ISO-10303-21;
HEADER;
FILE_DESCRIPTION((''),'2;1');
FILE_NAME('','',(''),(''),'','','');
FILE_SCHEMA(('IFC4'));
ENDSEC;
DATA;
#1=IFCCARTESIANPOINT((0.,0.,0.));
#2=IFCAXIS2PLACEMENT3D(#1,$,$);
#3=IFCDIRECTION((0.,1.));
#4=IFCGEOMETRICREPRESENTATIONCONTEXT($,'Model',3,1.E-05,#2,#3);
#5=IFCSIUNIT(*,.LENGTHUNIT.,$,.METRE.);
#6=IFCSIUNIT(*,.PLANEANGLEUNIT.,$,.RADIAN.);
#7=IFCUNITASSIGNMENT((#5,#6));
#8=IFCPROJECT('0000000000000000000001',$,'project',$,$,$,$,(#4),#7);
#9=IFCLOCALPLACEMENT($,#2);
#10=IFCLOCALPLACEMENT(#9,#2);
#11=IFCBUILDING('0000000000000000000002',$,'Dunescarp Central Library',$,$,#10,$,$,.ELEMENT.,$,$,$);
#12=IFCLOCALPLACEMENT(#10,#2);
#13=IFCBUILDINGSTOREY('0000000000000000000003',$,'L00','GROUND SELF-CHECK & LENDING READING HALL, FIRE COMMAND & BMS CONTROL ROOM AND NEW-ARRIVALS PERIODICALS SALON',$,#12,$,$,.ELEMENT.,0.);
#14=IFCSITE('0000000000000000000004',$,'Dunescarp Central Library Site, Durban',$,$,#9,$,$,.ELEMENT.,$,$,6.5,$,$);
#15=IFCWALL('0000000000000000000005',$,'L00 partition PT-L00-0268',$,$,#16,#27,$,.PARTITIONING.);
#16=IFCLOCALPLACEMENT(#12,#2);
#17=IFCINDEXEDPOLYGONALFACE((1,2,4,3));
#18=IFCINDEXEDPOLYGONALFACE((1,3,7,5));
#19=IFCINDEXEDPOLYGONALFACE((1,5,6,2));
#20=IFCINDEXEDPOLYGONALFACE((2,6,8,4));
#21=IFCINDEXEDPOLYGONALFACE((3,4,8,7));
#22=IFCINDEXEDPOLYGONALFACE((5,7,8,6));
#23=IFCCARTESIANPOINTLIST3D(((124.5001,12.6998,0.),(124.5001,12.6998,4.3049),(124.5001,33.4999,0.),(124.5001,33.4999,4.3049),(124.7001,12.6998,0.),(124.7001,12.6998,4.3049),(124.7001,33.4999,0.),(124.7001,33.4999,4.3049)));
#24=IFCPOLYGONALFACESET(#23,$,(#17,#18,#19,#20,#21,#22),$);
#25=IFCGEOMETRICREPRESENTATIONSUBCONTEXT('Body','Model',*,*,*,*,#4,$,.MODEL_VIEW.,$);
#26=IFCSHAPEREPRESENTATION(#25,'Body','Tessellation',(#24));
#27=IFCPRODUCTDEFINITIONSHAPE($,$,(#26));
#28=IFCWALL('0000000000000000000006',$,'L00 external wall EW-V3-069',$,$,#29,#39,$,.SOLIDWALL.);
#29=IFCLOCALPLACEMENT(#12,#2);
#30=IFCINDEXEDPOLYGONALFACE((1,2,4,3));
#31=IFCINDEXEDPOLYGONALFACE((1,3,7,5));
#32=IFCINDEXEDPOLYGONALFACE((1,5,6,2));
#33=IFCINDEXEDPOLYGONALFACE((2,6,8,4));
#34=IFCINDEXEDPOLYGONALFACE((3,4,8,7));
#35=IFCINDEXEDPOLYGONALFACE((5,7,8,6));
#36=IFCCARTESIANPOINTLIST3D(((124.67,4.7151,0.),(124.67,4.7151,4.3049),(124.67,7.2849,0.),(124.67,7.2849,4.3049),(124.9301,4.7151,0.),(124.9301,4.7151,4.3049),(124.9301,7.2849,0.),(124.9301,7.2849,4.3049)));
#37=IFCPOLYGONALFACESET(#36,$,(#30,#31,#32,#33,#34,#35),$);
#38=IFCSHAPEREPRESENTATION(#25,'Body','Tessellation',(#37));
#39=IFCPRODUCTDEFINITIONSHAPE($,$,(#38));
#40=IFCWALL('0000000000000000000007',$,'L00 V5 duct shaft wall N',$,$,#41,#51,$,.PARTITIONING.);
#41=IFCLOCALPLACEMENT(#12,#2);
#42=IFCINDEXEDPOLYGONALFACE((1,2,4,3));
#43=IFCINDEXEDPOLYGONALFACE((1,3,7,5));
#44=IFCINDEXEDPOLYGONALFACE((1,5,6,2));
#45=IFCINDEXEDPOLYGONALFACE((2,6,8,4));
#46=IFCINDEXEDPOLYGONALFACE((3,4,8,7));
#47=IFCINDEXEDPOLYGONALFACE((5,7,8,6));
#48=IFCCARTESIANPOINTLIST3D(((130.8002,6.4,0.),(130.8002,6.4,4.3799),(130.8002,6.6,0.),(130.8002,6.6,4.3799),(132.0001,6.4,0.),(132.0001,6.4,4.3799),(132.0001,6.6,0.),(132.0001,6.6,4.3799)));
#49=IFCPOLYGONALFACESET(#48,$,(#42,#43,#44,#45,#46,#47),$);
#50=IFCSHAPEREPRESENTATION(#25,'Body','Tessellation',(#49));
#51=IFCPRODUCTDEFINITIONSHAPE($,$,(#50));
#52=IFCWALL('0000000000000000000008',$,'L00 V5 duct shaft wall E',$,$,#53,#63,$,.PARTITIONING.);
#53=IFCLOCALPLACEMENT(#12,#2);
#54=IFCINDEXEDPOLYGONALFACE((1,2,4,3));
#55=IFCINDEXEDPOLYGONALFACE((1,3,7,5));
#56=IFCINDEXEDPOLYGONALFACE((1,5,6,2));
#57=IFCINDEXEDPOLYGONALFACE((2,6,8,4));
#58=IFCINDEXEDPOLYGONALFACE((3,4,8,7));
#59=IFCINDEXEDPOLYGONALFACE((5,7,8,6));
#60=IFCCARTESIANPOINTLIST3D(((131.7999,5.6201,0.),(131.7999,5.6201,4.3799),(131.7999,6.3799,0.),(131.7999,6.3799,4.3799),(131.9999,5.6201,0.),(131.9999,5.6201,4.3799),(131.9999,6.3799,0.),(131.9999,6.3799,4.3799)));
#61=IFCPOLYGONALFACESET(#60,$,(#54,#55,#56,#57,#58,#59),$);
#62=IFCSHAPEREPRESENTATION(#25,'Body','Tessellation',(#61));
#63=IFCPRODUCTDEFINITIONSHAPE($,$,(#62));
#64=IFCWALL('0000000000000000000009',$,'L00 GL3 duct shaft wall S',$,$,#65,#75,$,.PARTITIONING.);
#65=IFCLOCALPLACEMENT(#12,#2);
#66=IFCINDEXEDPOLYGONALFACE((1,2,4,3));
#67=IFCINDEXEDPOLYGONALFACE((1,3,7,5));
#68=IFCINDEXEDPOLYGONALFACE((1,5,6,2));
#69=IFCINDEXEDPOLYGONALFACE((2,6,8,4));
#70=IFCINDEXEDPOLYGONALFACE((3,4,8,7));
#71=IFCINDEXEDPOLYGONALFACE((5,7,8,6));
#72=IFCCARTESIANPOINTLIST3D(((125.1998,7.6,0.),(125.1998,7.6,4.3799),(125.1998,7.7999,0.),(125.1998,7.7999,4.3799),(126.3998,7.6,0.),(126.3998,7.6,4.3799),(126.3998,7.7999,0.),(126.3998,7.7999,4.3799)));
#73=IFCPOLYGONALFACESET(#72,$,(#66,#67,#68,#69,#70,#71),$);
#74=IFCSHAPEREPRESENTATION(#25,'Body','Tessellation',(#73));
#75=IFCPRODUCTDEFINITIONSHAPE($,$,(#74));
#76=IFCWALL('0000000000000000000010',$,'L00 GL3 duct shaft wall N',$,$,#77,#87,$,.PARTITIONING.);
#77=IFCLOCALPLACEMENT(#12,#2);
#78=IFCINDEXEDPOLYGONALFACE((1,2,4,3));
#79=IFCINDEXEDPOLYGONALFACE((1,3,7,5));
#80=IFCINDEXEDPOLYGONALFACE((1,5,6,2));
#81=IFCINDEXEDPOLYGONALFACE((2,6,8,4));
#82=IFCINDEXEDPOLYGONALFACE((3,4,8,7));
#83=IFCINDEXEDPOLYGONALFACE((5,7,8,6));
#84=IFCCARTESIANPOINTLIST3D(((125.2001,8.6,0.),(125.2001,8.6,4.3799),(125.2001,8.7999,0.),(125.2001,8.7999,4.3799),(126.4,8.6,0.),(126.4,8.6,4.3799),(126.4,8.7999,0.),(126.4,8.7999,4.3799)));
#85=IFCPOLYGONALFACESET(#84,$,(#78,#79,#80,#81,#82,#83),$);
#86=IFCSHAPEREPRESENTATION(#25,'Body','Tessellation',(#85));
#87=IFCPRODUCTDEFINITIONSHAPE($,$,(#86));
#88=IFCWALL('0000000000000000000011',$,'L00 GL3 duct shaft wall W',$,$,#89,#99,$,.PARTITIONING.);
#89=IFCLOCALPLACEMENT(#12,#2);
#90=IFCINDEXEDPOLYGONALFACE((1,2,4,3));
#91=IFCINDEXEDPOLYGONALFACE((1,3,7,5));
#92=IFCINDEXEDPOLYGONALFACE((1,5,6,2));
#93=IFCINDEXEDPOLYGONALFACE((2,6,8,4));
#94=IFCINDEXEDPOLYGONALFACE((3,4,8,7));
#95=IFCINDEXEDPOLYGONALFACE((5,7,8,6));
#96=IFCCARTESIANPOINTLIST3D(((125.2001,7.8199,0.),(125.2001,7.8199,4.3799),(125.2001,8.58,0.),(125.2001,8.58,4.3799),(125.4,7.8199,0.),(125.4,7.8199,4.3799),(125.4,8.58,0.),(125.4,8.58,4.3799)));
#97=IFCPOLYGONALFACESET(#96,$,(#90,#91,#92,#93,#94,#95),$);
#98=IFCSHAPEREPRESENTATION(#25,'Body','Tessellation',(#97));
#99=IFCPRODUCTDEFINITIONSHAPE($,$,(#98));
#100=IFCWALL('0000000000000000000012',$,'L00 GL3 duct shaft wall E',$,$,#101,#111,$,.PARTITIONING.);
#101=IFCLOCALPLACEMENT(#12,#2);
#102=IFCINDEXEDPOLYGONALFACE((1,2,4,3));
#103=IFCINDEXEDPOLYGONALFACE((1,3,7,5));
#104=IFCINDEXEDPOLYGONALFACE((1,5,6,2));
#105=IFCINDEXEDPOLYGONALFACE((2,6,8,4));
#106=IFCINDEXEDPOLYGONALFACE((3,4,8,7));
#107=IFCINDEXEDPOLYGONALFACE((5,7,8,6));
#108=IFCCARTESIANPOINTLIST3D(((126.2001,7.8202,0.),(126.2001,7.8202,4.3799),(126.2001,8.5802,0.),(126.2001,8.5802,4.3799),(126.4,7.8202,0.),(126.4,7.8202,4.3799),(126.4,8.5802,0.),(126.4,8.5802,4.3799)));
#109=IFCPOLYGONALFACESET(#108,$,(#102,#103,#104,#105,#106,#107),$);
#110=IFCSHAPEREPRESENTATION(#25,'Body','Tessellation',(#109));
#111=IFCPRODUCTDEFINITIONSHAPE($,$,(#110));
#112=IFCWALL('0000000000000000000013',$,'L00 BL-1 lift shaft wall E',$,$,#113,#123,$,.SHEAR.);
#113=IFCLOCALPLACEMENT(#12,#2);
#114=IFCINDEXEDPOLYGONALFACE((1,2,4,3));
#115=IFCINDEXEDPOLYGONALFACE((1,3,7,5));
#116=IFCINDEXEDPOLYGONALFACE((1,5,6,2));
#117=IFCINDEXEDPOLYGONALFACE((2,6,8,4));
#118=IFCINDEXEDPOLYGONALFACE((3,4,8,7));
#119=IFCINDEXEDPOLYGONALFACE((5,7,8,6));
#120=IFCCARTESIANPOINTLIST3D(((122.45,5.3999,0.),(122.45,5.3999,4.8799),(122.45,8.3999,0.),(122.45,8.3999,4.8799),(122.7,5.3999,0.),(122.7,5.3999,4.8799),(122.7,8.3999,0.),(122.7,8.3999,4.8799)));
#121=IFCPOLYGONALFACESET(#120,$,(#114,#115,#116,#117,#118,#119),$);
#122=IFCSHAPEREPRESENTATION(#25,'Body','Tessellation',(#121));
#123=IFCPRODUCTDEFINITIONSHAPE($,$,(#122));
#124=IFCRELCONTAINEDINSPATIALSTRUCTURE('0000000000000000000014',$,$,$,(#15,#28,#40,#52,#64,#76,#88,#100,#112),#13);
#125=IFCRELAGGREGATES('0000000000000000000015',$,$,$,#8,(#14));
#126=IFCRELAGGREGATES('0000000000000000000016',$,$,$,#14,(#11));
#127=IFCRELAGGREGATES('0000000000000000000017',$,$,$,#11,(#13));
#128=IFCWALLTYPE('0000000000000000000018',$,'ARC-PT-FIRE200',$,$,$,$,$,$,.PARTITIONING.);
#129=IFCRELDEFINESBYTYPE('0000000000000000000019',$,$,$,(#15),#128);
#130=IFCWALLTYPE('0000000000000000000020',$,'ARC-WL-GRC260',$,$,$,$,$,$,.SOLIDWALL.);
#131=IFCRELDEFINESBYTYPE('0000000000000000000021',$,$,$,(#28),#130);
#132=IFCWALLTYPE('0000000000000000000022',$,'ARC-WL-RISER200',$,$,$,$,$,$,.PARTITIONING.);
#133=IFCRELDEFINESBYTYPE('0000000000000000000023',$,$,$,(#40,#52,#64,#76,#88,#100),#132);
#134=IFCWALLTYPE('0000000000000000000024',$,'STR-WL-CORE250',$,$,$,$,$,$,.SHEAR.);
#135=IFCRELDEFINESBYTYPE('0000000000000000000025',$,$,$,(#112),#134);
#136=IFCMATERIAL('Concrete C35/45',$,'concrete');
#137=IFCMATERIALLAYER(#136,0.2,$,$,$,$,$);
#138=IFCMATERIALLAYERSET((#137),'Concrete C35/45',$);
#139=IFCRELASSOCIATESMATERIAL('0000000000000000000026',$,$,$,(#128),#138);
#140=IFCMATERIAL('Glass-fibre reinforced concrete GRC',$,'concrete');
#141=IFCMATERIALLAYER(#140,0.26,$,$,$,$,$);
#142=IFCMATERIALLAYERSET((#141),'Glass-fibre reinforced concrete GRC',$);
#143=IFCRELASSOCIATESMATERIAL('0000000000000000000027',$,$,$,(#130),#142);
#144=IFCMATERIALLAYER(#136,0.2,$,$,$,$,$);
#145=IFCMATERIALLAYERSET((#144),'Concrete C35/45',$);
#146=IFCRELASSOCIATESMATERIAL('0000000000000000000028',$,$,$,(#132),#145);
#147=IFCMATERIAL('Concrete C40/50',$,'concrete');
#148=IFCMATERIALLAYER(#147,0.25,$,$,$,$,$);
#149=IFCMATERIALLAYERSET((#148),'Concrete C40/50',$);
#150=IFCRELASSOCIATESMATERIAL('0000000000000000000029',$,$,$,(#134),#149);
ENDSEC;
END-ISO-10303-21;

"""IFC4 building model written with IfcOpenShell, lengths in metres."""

from ifc_helpers import new_model, si_unit, direction, frame, frame_2d, origin, place, context, subcontext, project, spatial, rectangle, extrude, material, layer, layer_set, type_object, element, save


model = new_model("IFC4")

# Units and contexts
model_context = context("Model", 3, precision=1e-05, world=origin(), true_north=direction((0.0, 1.0)))
body_context = subcontext(model_context, "Body", "Model", "MODEL_VIEW")
ifc_project = project(units=[si_unit("LENGTHUNIT", "METRE"), si_unit("PLANEANGLEUNIT", "RADIAN")], contexts=[model_context])

# Site, building, storey
site_placement = place(None, origin())
site = spatial("IfcSite", under=ifc_project, at=site_placement, Name="Dunescarp Central Library Site, Durban", CompositionType="ELEMENT", RefElevation=6.5)
building_placement = place(site_placement, origin())
building = spatial("IfcBuilding", under=site, at=building_placement, Name="Dunescarp Central Library", CompositionType="ELEMENT")
storey_placement = place(building_placement, origin())
storey = spatial("IfcBuildingStorey", under=building, at=storey_placement, Name="L00", Description="GROUND SELF-CHECK & LENDING READING HALL, FIRE COMMAND & BMS CONTROL ROOM AND NEW-ARRIVALS PERIODICALS SALON", CompositionType="ELEMENT", Elevation=0.0)

# Shared definitions
ifc_material_1 = material(Name="Concrete C35/45", Category="concrete")
ifc_material_2 = material(Name="Concrete C40/50", Category="concrete")

# Walls
ifc_layer_1 = layer(ifc_material_1, 0.2)
ifc_layer_set_1 = layer_set([ifc_layer_1], Name="Concrete C35/45")
wall_type_1 = type_object("IfcWallType", Name="ARC-PT-FIRE200", PredefinedType="PARTITIONING", material=ifc_layer_set_1)
wall_1_placement = place(storey_placement, frame((124.6001, 12.7, 0.0), z_axis=(0.0, 0.0, 1.0), x_axis=(0.0, 1.0, 0.0)))
element("IfcWall", 1, at=wall_1_placement, inside=storey, type_object=wall_type_1, Name="L00 partition PT-L00-0268", PredefinedType="PARTITIONING", context=body_context, shape_type="SweptSolid", body=[
    extrude(rectangle(XDim=20.8, YDim=0.2, at=frame_2d((10.3999, 0.0))), origin(), (0.0, 0.0, 1.0), 4.3049),
])
ifc_material_3 = material(Name="Glass-fibre reinforced concrete GRC", Category="concrete")
ifc_layer_2 = layer(ifc_material_3, 0.26)
ifc_layer_set_2 = layer_set([ifc_layer_2], Name="Glass-fibre reinforced concrete GRC")
wall_type_2 = type_object("IfcWallType", Name="ARC-WL-GRC260", PredefinedType="SOLIDWALL", material=ifc_layer_set_2)
wall_2_placement = place(storey_placement, frame((124.8, 7.2849, 0.0), z_axis=(0.0, 0.0, 1.0), x_axis=(0.0, -1.0, 0.0)))
element("IfcWall", 2, at=wall_2_placement, inside=storey, type_object=wall_type_2, Name="L00 external wall EW-V3-069", PredefinedType="SOLIDWALL", context=body_context, shape_type="SweptSolid", body=[
    extrude(rectangle(XDim=2.5698, YDim=0.26, at=frame_2d((1.2849, 0.0))), origin(), (0.0, 0.0, 1.0), 4.3049),
])

# Walls
ifc_layer_3 = layer(ifc_material_1, 0.2)
ifc_layer_set_3 = layer_set([ifc_layer_3], Name="Concrete C35/45")
wall_type_3 = type_object("IfcWallType", Name="ARC-WL-RISER200", PredefinedType="PARTITIONING", material=ifc_layer_set_3)
wall_3_placement = place(storey_placement, frame((130.8, 6.5, 0.0), z_axis=(0.0, 0.0, 1.0), x_axis=(1.0, 0.0, 0.0)))
element("IfcWall", 3, at=wall_3_placement, inside=storey, type_object=wall_type_3, Name="L00 V5 duct shaft wall N", PredefinedType="PARTITIONING", context=body_context, shape_type="SweptSolid", body=[
    extrude(rectangle(XDim=1.2, YDim=0.2, at=frame_2d((0.6001, 0.0))), origin(), (0.0, 0.0, 1.0), 4.3799),
])
wall_4_placement = place(storey_placement, frame((131.8999, 6.3799, 0.0), z_axis=(0.0, 0.0, 1.0), x_axis=(0.0, -1.0, 0.0)))
element("IfcWall", 4, at=wall_4_placement, inside=storey, type_object=wall_type_3, Name="L00 V5 duct shaft wall E", PredefinedType="PARTITIONING", context=body_context, shape_type="SweptSolid", body=[
    extrude(rectangle(XDim=0.7598, YDim=0.2, at=frame_2d((0.3799, 0.0))), origin(), (0.0, 0.0, 1.0), 4.3799),
])
for number, where, z_axis, x_axis, name in (
    (5, (126.3999, 7.7, 0.0), (0.0, 0.0, 1.0), (-1.0, 0.0, 0.0), "L00 GL3 duct shaft wall S"),
    (6, (125.2, 8.7, 0.0), (0.0, 0.0, 1.0), (1.0, 0.0, 0.0), "L00 GL3 duct shaft wall N"),
):
    element("IfcWall", number, at=place(storey_placement, frame(where, z_axis=z_axis, x_axis=x_axis)), inside=storey, type_object=wall_type_3, Name=name, PredefinedType="PARTITIONING", context=body_context, shape_type="SweptSolid", body=[
        extrude(rectangle(XDim=1.2, YDim=0.2, at=frame_2d((0.6001, 0.0))), origin(), (0.0, 0.0, 1.0), 4.3799),
    ])
for number, where, z_axis, x_axis, name in (
    (7, (125.3, 7.8201, 0.0), (0.0, 0.0, 1.0), (0.0, 1.0, 0.0), "L00 GL3 duct shaft wall W"),
    (8, (126.3, 8.5801, 0.0), (0.0, 0.0, 1.0), (0.0, -1.0, 0.0), "L00 GL3 duct shaft wall E"),
):
    element("IfcWall", number, at=place(storey_placement, frame(where, z_axis=z_axis, x_axis=x_axis)), inside=storey, type_object=wall_type_3, Name=name, PredefinedType="PARTITIONING", context=body_context, shape_type="SweptSolid", body=[
        extrude(rectangle(XDim=0.76, YDim=0.2, at=frame_2d((0.3799, 0.0))), origin(), (0.0, 0.0, 1.0), 4.3799),
    ])
ifc_layer_4 = layer(ifc_material_2, 0.25)
ifc_layer_set_4 = layer_set([ifc_layer_4], Name="Concrete C40/50")
wall_type_4 = type_object("IfcWallType", Name="STR-WL-CORE250", PredefinedType="SHEAR", material=ifc_layer_set_4)
wall_5_placement = place(storey_placement, frame((122.575, 8.3999, 0.0), z_axis=(0.0, 0.0, 1.0), x_axis=(0.0, -1.0, 0.0)))
element("IfcWall", 9, at=wall_5_placement, inside=storey, type_object=wall_type_4, Name="L00 BL-1 lift shaft wall E", PredefinedType="SHEAR", context=body_context, shape_type="SweptSolid", body=[
    extrude(rectangle(XDim=3.0, YDim=0.25, at=frame_2d((1.5, 0.0))), origin(), (0.0, 0.0, 1.0), 4.8799),
])

save(model, "model.ifc")
